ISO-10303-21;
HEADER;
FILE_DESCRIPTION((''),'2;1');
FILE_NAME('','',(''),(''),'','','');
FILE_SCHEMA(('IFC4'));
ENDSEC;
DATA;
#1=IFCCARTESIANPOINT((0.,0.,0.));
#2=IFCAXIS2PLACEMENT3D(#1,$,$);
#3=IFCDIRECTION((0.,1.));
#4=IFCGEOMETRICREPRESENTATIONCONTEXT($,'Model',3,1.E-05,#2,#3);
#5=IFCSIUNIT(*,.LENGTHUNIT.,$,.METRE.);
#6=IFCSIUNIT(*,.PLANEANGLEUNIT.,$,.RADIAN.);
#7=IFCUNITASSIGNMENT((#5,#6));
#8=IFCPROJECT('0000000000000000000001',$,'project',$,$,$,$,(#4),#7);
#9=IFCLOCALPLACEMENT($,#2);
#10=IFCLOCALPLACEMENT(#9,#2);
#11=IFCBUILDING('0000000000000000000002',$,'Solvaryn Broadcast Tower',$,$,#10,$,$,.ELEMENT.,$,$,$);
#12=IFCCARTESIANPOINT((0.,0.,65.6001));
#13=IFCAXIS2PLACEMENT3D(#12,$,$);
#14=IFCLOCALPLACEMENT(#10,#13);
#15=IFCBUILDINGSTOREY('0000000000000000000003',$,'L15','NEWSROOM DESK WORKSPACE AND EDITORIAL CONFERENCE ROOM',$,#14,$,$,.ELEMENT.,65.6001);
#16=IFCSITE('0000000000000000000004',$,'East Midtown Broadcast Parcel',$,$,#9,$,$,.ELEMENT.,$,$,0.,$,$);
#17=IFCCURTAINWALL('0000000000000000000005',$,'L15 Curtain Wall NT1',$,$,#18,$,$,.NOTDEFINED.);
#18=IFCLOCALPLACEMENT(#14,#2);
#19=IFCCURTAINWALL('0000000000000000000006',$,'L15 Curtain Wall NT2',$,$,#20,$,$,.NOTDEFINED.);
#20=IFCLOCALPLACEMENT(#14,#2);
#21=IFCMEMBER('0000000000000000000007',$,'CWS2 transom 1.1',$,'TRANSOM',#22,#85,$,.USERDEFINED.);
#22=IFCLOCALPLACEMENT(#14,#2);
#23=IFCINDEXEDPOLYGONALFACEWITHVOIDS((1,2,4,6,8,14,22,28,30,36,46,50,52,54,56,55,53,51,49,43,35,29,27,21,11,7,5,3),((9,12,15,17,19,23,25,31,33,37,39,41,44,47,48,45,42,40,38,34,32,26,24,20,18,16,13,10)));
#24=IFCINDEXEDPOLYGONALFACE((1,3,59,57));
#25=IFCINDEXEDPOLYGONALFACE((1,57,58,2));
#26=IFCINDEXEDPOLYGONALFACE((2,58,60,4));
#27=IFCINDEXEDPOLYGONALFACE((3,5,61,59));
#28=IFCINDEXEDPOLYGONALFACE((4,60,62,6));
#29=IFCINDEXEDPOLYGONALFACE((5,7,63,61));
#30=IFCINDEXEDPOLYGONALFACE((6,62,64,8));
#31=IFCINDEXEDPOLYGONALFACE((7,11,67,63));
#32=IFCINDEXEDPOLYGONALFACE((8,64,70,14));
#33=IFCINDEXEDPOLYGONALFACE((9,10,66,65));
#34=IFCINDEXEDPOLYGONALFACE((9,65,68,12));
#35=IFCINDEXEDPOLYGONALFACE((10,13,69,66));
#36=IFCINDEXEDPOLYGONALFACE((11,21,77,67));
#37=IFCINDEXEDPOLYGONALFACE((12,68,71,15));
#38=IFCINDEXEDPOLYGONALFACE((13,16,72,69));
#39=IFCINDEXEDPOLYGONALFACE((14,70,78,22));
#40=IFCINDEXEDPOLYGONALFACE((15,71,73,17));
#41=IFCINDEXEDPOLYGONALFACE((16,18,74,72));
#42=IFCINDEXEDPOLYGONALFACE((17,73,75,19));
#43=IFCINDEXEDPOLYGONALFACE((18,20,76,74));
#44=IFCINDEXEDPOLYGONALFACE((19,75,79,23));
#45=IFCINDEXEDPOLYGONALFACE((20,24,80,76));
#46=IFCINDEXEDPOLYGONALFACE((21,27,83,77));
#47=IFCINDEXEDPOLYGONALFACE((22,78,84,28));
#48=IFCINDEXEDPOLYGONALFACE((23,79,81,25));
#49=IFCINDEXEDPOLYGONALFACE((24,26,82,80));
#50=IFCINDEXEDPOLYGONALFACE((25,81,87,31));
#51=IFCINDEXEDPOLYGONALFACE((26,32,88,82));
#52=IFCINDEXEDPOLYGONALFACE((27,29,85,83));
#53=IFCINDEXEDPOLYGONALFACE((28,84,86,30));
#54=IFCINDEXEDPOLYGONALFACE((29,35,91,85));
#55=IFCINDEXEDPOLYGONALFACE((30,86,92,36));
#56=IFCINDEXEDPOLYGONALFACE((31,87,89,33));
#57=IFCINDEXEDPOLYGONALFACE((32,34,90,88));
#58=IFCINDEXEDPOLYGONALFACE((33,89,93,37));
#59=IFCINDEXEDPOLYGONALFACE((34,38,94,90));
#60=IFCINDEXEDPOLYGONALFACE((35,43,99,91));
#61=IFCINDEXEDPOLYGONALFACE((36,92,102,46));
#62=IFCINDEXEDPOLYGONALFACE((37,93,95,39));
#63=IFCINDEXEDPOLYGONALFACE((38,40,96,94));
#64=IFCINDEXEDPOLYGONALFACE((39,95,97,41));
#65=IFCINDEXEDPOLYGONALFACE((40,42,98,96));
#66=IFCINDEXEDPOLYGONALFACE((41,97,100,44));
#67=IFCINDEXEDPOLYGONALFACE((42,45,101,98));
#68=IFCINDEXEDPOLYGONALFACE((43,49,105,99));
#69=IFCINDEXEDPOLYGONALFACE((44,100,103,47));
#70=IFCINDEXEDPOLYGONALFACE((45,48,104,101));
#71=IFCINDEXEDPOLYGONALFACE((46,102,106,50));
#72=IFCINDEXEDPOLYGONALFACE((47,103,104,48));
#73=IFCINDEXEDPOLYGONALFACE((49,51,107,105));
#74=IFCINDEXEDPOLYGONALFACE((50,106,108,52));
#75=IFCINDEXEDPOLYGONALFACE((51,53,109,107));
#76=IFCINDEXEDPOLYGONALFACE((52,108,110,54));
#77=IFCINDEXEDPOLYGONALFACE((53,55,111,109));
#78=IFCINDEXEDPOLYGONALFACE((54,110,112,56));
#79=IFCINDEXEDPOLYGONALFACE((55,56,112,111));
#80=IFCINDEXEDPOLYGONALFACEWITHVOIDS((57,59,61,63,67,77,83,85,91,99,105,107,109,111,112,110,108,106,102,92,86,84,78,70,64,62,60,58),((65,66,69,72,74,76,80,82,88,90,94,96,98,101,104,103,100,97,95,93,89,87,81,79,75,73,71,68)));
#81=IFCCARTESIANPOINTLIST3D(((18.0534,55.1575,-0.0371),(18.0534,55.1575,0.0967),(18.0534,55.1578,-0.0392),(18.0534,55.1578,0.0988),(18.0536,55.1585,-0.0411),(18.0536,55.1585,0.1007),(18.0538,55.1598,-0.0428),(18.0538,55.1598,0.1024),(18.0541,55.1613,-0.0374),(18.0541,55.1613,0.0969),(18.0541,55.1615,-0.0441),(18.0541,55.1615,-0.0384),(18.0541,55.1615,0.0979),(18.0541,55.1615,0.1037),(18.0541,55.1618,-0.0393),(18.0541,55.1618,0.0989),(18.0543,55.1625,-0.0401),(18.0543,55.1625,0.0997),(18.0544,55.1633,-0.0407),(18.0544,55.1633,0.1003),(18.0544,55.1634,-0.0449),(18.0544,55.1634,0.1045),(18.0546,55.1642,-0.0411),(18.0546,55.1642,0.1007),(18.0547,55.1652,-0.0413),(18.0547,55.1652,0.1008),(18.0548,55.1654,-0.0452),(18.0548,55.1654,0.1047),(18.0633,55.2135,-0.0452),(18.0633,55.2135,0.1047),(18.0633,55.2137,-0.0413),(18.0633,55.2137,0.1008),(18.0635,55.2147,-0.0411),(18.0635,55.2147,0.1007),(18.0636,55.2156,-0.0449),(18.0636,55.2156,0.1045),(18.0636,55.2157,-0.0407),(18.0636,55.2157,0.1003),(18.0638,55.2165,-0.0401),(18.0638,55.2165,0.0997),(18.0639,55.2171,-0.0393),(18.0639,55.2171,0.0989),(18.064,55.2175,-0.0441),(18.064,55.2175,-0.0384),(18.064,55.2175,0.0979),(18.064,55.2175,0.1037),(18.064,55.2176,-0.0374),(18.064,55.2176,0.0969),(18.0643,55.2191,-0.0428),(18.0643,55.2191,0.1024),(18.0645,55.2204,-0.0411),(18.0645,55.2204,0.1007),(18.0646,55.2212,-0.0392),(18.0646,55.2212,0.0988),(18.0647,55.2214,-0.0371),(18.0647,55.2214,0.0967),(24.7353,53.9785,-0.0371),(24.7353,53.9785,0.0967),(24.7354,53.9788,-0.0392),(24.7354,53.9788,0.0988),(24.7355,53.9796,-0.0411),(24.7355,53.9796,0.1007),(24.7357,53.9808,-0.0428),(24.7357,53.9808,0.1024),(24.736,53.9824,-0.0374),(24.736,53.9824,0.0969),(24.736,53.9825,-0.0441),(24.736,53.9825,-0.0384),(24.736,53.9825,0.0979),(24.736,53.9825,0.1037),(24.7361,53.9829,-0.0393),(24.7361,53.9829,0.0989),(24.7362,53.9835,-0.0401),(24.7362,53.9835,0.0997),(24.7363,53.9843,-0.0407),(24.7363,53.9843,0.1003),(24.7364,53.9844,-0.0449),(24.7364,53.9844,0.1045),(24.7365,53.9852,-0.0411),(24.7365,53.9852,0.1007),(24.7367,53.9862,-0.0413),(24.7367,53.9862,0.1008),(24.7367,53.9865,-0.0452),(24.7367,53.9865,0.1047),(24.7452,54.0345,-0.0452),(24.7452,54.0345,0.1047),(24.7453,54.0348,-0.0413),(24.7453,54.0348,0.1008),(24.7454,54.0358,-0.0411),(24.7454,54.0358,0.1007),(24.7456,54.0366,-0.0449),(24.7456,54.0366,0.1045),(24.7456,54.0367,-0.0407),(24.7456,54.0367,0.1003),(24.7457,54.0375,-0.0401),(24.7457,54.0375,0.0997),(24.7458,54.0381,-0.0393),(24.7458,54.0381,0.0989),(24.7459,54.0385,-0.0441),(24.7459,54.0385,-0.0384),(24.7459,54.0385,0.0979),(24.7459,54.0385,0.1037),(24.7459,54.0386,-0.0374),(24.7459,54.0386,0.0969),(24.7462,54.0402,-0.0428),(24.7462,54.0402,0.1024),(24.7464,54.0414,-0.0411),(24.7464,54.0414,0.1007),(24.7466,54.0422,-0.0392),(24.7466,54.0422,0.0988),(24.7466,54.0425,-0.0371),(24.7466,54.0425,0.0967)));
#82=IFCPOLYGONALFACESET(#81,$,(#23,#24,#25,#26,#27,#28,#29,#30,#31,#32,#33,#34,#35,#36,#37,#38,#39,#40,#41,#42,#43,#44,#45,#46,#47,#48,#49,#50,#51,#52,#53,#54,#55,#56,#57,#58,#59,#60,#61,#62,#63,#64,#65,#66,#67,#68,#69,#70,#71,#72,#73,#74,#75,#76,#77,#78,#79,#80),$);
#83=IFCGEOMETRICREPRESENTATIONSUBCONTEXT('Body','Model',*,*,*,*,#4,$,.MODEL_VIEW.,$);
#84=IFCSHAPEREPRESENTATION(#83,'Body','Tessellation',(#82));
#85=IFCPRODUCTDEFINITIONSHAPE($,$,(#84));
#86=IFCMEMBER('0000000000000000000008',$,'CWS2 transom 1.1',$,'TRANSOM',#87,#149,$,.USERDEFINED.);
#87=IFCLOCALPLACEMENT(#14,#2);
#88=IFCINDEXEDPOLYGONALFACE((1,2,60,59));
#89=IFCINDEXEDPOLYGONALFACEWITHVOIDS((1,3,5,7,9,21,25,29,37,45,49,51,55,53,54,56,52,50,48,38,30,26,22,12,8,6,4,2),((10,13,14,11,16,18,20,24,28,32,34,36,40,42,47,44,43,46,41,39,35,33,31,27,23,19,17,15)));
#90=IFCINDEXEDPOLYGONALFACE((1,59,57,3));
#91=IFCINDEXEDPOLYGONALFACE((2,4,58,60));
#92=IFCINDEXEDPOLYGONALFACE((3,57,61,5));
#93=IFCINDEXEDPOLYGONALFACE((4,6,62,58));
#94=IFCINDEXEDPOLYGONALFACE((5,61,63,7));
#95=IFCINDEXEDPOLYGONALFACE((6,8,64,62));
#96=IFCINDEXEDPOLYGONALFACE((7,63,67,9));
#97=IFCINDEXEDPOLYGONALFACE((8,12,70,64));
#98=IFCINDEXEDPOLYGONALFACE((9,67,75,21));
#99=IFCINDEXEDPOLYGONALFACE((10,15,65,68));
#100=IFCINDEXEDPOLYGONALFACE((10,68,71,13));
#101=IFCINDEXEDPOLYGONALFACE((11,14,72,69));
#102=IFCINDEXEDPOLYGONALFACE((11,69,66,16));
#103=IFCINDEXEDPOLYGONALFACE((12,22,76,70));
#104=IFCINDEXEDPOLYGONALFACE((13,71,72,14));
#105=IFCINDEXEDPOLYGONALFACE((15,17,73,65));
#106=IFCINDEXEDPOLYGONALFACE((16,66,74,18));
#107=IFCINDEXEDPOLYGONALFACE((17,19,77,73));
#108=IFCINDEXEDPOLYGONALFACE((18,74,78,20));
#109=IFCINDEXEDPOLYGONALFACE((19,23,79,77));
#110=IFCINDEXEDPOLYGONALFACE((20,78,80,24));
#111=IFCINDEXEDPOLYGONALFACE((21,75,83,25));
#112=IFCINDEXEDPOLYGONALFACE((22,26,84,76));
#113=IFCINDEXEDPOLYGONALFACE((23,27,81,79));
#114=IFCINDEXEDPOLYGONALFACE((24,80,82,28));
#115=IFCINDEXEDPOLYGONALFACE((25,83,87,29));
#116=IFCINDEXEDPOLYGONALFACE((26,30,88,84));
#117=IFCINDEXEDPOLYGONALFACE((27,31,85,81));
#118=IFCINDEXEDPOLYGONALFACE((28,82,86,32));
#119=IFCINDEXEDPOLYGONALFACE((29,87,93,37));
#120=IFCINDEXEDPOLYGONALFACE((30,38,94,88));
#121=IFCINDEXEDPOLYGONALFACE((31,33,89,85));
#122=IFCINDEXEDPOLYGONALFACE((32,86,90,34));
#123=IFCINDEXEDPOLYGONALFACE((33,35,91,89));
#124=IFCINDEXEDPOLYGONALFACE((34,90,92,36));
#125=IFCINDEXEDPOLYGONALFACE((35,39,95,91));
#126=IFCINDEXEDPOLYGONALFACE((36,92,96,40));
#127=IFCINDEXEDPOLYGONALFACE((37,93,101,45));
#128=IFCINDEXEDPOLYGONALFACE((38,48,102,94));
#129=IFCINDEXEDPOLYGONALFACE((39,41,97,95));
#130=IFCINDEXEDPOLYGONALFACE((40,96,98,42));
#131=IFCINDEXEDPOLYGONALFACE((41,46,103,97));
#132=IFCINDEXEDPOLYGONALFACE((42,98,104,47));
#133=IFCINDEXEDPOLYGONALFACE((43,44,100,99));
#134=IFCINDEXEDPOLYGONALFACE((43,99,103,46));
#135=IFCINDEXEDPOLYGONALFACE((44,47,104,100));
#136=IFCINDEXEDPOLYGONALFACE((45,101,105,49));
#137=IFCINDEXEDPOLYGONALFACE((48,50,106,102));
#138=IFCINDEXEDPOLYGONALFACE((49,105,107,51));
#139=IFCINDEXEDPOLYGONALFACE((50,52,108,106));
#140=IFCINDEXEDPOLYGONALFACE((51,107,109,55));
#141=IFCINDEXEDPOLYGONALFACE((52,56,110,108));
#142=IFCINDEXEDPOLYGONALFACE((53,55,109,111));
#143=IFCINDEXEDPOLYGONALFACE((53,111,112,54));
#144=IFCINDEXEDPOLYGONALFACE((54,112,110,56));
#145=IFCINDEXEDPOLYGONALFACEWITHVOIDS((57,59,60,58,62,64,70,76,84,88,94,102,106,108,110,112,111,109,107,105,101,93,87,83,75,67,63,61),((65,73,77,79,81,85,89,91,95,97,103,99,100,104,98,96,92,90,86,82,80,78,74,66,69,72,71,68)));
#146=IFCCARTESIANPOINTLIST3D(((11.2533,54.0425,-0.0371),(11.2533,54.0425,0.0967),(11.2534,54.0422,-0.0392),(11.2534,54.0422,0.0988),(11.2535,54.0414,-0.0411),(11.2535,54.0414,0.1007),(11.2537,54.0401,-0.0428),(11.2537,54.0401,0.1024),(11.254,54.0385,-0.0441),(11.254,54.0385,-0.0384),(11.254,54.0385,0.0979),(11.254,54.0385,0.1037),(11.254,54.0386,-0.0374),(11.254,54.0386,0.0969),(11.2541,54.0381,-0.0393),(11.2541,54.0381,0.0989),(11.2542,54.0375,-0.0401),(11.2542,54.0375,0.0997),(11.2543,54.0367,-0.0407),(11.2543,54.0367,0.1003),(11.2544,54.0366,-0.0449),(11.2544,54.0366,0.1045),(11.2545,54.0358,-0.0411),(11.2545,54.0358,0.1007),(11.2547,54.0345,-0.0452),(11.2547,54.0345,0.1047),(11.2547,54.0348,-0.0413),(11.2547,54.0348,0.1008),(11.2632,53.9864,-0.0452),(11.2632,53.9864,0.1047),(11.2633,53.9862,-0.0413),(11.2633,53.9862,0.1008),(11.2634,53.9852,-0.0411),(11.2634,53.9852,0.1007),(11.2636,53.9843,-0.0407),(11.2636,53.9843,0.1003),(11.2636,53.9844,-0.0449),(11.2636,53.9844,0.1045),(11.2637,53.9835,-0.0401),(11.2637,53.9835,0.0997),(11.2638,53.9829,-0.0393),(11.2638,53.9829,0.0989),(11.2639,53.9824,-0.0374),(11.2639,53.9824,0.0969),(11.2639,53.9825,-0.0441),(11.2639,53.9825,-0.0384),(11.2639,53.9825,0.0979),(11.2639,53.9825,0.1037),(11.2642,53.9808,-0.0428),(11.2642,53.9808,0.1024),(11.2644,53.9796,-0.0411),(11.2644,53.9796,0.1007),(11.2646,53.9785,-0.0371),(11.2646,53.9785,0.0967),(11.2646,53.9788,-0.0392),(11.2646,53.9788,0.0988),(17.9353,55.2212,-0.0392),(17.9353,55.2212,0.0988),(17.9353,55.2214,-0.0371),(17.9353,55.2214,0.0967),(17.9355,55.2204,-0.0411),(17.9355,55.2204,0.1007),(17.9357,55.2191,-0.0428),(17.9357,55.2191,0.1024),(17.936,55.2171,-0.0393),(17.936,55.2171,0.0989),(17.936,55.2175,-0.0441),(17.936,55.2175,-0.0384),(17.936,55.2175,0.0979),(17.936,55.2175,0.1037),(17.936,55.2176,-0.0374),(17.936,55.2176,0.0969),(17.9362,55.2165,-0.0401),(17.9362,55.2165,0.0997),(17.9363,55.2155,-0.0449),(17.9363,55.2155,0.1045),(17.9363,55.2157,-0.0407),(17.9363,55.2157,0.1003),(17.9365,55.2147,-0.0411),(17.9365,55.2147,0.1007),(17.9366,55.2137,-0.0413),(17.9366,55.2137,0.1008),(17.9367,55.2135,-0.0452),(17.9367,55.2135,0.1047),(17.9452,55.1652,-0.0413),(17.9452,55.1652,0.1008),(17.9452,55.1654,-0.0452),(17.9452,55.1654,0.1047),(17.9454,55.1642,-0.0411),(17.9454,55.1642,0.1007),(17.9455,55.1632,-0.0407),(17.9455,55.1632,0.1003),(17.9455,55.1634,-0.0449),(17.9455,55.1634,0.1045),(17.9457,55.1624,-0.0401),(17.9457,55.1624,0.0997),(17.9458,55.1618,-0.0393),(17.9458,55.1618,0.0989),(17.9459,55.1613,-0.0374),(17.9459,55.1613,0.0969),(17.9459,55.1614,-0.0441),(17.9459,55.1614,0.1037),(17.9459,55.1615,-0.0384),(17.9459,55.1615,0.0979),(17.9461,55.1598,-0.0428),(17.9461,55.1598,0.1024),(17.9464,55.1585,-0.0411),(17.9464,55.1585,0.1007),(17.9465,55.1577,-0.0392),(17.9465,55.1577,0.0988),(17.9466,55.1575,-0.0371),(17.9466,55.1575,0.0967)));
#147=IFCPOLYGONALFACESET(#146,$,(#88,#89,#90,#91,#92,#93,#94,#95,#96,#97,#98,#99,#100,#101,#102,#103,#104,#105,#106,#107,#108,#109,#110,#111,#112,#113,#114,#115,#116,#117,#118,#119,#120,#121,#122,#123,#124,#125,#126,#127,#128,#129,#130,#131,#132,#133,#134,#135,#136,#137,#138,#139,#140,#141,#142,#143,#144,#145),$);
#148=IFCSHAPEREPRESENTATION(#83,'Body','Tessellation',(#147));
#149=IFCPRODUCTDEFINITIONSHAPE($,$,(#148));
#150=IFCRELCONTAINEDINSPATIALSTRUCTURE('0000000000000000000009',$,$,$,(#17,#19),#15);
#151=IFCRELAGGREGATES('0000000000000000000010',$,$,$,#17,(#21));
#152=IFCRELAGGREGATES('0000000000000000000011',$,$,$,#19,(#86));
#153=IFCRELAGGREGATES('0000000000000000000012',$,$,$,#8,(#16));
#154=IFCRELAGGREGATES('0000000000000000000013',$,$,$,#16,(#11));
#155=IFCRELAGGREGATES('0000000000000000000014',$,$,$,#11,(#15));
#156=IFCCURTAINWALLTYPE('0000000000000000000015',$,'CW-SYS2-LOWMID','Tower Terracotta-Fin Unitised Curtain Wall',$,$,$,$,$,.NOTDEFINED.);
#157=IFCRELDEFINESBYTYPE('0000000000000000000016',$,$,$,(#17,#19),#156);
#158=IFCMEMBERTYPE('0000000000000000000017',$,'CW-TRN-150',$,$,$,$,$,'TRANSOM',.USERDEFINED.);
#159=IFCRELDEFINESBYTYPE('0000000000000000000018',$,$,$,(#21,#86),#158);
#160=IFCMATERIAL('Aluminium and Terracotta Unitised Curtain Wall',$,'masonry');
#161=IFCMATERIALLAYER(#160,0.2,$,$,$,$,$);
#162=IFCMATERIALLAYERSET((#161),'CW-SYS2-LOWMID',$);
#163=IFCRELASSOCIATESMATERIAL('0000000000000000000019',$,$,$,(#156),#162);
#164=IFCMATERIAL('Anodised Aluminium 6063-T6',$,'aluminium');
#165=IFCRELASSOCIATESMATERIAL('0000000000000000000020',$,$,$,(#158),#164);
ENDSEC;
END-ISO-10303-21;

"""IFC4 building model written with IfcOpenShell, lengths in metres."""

from ifc_helpers import new_model, si_unit, direction, frame, origin, origin_2d, place, context, subcontext, project, spatial, hollow_rectangle, extrude, material, layer, layer_set, material_profile, profile_set, type_object, element, aggregate, save


model = new_model("IFC4")

# Units and contexts
model_context = context("Model", 3, precision=1e-05, world=origin(), true_north=direction((0.0, 1.0)))
body_context = subcontext(model_context, "Body", "Model", "MODEL_VIEW")
ifc_project = project(units=[si_unit("LENGTHUNIT", "METRE"), si_unit("PLANEANGLEUNIT", "RADIAN")], contexts=[model_context])

# Site, building, storey
site_placement = place(None, origin())
site = spatial("IfcSite", under=ifc_project, at=site_placement, Name="East Midtown Broadcast Parcel", CompositionType="ELEMENT", RefElevation=0.0)
building_placement = place(site_placement, origin())
building = spatial("IfcBuilding", under=site, at=building_placement, Name="Solvaryn Broadcast Tower", CompositionType="ELEMENT")
storey_placement = place(building_placement, frame((0.0, 0.0, 65.6001)))
storey = spatial("IfcBuildingStorey", under=building, at=storey_placement, Name="L15", Description="NEWSROOM DESK WORKSPACE AND EDITORIAL CONFERENCE ROOM", CompositionType="ELEMENT", Elevation=65.6001)

# Curtain walls
ifc_material_1 = material(Name="Aluminium and Terracotta Unitised Curtain Wall", Category="masonry")
ifc_layer_1 = layer(ifc_material_1, 0.2)
ifc_layer_set_1 = layer_set([ifc_layer_1], Name="CW-SYS2-LOWMID")
curtain_wall_type = type_object("IfcCurtainWallType", Name="CW-SYS2-LOWMID", Description="Tower Terracotta-Fin Unitised Curtain Wall", PredefinedType="NOTDEFINED", material=ifc_layer_set_1)
curtain_wall_1_placement = place(storey_placement, origin())
curtain_wall_1 = element("IfcCurtainWall", 1, at=curtain_wall_1_placement, inside=storey, type_object=curtain_wall_type, Name="L15 Curtain Wall NT1", PredefinedType="NOTDEFINED")
curtain_wall_2_placement = place(storey_placement, origin())
curtain_wall_2 = element("IfcCurtainWall", 2, at=curtain_wall_2_placement, inside=storey, type_object=curtain_wall_type, Name="L15 Curtain Wall NT2", PredefinedType="NOTDEFINED")

# Members
ifc_material_2 = material(Name="Anodised Aluminium 6063-T6", Category="aluminium")
ifc_material_profile_1 = material_profile(ifc_material_2, hollow_rectangle(XDim=0.0649, YDim=0.1499, WallThickness=0.0039, InnerFilletRadius=0.0039, OuterFilletRadius=0.0081, at=origin_2d()))
ifc_profile_set_1 = profile_set([ifc_material_profile_1], Name="Anodised Aluminium 6063-T6")
member_type_1 = type_object("IfcMemberType", Name="CW-TRN-150", ElementType="TRANSOM", PredefinedType="USERDEFINED", material=ifc_profile_set_1)
member_1_placement = place(storey_placement, frame((24.741, 54.0105, 0.0298), z_axis=(-0.984789, 0.173757, 0.0), x_axis=(-0.173757, -0.984789, 0.0)))
member_1 = element("IfcMember", 3, at=member_1_placement, type_object=member_type_1, Name="CWS2 transom 1.1", ObjectType="TRANSOM", PredefinedType="USERDEFINED", context=body_context, shape_type="SweptSolid", body=[
    extrude(hollow_rectangle(XDim=0.0649, YDim=0.1499, WallThickness=0.0039, InnerFilletRadius=0.0039, OuterFilletRadius=0.0081, at=origin_2d()), origin(), (0.0, 0.0, 1.0), 6.7852),
])
member_2_placement = place(storey_placement, frame((17.9409, 55.1895, 0.0298), z_axis=(-0.984789, -0.173757, 0.0), x_axis=(0.173757, -0.984789, 0.0)))
member_2 = element("IfcMember", 4, at=member_2_placement, type_object=member_type_1, Name="CWS2 transom 1.1", ObjectType="TRANSOM", PredefinedType="USERDEFINED", context=body_context, shape_type="SweptSolid", body=[
    extrude(hollow_rectangle(XDim=0.0649, YDim=0.1499, WallThickness=0.0039, InnerFilletRadius=0.0039, OuterFilletRadius=0.0081, at=origin_2d()), origin(), (0.0, 0.0, 1.0), 6.7852),
])

aggregate(curtain_wall_1, [member_1])
aggregate(curtain_wall_2, [member_2])

save(model, "model.ifc")
